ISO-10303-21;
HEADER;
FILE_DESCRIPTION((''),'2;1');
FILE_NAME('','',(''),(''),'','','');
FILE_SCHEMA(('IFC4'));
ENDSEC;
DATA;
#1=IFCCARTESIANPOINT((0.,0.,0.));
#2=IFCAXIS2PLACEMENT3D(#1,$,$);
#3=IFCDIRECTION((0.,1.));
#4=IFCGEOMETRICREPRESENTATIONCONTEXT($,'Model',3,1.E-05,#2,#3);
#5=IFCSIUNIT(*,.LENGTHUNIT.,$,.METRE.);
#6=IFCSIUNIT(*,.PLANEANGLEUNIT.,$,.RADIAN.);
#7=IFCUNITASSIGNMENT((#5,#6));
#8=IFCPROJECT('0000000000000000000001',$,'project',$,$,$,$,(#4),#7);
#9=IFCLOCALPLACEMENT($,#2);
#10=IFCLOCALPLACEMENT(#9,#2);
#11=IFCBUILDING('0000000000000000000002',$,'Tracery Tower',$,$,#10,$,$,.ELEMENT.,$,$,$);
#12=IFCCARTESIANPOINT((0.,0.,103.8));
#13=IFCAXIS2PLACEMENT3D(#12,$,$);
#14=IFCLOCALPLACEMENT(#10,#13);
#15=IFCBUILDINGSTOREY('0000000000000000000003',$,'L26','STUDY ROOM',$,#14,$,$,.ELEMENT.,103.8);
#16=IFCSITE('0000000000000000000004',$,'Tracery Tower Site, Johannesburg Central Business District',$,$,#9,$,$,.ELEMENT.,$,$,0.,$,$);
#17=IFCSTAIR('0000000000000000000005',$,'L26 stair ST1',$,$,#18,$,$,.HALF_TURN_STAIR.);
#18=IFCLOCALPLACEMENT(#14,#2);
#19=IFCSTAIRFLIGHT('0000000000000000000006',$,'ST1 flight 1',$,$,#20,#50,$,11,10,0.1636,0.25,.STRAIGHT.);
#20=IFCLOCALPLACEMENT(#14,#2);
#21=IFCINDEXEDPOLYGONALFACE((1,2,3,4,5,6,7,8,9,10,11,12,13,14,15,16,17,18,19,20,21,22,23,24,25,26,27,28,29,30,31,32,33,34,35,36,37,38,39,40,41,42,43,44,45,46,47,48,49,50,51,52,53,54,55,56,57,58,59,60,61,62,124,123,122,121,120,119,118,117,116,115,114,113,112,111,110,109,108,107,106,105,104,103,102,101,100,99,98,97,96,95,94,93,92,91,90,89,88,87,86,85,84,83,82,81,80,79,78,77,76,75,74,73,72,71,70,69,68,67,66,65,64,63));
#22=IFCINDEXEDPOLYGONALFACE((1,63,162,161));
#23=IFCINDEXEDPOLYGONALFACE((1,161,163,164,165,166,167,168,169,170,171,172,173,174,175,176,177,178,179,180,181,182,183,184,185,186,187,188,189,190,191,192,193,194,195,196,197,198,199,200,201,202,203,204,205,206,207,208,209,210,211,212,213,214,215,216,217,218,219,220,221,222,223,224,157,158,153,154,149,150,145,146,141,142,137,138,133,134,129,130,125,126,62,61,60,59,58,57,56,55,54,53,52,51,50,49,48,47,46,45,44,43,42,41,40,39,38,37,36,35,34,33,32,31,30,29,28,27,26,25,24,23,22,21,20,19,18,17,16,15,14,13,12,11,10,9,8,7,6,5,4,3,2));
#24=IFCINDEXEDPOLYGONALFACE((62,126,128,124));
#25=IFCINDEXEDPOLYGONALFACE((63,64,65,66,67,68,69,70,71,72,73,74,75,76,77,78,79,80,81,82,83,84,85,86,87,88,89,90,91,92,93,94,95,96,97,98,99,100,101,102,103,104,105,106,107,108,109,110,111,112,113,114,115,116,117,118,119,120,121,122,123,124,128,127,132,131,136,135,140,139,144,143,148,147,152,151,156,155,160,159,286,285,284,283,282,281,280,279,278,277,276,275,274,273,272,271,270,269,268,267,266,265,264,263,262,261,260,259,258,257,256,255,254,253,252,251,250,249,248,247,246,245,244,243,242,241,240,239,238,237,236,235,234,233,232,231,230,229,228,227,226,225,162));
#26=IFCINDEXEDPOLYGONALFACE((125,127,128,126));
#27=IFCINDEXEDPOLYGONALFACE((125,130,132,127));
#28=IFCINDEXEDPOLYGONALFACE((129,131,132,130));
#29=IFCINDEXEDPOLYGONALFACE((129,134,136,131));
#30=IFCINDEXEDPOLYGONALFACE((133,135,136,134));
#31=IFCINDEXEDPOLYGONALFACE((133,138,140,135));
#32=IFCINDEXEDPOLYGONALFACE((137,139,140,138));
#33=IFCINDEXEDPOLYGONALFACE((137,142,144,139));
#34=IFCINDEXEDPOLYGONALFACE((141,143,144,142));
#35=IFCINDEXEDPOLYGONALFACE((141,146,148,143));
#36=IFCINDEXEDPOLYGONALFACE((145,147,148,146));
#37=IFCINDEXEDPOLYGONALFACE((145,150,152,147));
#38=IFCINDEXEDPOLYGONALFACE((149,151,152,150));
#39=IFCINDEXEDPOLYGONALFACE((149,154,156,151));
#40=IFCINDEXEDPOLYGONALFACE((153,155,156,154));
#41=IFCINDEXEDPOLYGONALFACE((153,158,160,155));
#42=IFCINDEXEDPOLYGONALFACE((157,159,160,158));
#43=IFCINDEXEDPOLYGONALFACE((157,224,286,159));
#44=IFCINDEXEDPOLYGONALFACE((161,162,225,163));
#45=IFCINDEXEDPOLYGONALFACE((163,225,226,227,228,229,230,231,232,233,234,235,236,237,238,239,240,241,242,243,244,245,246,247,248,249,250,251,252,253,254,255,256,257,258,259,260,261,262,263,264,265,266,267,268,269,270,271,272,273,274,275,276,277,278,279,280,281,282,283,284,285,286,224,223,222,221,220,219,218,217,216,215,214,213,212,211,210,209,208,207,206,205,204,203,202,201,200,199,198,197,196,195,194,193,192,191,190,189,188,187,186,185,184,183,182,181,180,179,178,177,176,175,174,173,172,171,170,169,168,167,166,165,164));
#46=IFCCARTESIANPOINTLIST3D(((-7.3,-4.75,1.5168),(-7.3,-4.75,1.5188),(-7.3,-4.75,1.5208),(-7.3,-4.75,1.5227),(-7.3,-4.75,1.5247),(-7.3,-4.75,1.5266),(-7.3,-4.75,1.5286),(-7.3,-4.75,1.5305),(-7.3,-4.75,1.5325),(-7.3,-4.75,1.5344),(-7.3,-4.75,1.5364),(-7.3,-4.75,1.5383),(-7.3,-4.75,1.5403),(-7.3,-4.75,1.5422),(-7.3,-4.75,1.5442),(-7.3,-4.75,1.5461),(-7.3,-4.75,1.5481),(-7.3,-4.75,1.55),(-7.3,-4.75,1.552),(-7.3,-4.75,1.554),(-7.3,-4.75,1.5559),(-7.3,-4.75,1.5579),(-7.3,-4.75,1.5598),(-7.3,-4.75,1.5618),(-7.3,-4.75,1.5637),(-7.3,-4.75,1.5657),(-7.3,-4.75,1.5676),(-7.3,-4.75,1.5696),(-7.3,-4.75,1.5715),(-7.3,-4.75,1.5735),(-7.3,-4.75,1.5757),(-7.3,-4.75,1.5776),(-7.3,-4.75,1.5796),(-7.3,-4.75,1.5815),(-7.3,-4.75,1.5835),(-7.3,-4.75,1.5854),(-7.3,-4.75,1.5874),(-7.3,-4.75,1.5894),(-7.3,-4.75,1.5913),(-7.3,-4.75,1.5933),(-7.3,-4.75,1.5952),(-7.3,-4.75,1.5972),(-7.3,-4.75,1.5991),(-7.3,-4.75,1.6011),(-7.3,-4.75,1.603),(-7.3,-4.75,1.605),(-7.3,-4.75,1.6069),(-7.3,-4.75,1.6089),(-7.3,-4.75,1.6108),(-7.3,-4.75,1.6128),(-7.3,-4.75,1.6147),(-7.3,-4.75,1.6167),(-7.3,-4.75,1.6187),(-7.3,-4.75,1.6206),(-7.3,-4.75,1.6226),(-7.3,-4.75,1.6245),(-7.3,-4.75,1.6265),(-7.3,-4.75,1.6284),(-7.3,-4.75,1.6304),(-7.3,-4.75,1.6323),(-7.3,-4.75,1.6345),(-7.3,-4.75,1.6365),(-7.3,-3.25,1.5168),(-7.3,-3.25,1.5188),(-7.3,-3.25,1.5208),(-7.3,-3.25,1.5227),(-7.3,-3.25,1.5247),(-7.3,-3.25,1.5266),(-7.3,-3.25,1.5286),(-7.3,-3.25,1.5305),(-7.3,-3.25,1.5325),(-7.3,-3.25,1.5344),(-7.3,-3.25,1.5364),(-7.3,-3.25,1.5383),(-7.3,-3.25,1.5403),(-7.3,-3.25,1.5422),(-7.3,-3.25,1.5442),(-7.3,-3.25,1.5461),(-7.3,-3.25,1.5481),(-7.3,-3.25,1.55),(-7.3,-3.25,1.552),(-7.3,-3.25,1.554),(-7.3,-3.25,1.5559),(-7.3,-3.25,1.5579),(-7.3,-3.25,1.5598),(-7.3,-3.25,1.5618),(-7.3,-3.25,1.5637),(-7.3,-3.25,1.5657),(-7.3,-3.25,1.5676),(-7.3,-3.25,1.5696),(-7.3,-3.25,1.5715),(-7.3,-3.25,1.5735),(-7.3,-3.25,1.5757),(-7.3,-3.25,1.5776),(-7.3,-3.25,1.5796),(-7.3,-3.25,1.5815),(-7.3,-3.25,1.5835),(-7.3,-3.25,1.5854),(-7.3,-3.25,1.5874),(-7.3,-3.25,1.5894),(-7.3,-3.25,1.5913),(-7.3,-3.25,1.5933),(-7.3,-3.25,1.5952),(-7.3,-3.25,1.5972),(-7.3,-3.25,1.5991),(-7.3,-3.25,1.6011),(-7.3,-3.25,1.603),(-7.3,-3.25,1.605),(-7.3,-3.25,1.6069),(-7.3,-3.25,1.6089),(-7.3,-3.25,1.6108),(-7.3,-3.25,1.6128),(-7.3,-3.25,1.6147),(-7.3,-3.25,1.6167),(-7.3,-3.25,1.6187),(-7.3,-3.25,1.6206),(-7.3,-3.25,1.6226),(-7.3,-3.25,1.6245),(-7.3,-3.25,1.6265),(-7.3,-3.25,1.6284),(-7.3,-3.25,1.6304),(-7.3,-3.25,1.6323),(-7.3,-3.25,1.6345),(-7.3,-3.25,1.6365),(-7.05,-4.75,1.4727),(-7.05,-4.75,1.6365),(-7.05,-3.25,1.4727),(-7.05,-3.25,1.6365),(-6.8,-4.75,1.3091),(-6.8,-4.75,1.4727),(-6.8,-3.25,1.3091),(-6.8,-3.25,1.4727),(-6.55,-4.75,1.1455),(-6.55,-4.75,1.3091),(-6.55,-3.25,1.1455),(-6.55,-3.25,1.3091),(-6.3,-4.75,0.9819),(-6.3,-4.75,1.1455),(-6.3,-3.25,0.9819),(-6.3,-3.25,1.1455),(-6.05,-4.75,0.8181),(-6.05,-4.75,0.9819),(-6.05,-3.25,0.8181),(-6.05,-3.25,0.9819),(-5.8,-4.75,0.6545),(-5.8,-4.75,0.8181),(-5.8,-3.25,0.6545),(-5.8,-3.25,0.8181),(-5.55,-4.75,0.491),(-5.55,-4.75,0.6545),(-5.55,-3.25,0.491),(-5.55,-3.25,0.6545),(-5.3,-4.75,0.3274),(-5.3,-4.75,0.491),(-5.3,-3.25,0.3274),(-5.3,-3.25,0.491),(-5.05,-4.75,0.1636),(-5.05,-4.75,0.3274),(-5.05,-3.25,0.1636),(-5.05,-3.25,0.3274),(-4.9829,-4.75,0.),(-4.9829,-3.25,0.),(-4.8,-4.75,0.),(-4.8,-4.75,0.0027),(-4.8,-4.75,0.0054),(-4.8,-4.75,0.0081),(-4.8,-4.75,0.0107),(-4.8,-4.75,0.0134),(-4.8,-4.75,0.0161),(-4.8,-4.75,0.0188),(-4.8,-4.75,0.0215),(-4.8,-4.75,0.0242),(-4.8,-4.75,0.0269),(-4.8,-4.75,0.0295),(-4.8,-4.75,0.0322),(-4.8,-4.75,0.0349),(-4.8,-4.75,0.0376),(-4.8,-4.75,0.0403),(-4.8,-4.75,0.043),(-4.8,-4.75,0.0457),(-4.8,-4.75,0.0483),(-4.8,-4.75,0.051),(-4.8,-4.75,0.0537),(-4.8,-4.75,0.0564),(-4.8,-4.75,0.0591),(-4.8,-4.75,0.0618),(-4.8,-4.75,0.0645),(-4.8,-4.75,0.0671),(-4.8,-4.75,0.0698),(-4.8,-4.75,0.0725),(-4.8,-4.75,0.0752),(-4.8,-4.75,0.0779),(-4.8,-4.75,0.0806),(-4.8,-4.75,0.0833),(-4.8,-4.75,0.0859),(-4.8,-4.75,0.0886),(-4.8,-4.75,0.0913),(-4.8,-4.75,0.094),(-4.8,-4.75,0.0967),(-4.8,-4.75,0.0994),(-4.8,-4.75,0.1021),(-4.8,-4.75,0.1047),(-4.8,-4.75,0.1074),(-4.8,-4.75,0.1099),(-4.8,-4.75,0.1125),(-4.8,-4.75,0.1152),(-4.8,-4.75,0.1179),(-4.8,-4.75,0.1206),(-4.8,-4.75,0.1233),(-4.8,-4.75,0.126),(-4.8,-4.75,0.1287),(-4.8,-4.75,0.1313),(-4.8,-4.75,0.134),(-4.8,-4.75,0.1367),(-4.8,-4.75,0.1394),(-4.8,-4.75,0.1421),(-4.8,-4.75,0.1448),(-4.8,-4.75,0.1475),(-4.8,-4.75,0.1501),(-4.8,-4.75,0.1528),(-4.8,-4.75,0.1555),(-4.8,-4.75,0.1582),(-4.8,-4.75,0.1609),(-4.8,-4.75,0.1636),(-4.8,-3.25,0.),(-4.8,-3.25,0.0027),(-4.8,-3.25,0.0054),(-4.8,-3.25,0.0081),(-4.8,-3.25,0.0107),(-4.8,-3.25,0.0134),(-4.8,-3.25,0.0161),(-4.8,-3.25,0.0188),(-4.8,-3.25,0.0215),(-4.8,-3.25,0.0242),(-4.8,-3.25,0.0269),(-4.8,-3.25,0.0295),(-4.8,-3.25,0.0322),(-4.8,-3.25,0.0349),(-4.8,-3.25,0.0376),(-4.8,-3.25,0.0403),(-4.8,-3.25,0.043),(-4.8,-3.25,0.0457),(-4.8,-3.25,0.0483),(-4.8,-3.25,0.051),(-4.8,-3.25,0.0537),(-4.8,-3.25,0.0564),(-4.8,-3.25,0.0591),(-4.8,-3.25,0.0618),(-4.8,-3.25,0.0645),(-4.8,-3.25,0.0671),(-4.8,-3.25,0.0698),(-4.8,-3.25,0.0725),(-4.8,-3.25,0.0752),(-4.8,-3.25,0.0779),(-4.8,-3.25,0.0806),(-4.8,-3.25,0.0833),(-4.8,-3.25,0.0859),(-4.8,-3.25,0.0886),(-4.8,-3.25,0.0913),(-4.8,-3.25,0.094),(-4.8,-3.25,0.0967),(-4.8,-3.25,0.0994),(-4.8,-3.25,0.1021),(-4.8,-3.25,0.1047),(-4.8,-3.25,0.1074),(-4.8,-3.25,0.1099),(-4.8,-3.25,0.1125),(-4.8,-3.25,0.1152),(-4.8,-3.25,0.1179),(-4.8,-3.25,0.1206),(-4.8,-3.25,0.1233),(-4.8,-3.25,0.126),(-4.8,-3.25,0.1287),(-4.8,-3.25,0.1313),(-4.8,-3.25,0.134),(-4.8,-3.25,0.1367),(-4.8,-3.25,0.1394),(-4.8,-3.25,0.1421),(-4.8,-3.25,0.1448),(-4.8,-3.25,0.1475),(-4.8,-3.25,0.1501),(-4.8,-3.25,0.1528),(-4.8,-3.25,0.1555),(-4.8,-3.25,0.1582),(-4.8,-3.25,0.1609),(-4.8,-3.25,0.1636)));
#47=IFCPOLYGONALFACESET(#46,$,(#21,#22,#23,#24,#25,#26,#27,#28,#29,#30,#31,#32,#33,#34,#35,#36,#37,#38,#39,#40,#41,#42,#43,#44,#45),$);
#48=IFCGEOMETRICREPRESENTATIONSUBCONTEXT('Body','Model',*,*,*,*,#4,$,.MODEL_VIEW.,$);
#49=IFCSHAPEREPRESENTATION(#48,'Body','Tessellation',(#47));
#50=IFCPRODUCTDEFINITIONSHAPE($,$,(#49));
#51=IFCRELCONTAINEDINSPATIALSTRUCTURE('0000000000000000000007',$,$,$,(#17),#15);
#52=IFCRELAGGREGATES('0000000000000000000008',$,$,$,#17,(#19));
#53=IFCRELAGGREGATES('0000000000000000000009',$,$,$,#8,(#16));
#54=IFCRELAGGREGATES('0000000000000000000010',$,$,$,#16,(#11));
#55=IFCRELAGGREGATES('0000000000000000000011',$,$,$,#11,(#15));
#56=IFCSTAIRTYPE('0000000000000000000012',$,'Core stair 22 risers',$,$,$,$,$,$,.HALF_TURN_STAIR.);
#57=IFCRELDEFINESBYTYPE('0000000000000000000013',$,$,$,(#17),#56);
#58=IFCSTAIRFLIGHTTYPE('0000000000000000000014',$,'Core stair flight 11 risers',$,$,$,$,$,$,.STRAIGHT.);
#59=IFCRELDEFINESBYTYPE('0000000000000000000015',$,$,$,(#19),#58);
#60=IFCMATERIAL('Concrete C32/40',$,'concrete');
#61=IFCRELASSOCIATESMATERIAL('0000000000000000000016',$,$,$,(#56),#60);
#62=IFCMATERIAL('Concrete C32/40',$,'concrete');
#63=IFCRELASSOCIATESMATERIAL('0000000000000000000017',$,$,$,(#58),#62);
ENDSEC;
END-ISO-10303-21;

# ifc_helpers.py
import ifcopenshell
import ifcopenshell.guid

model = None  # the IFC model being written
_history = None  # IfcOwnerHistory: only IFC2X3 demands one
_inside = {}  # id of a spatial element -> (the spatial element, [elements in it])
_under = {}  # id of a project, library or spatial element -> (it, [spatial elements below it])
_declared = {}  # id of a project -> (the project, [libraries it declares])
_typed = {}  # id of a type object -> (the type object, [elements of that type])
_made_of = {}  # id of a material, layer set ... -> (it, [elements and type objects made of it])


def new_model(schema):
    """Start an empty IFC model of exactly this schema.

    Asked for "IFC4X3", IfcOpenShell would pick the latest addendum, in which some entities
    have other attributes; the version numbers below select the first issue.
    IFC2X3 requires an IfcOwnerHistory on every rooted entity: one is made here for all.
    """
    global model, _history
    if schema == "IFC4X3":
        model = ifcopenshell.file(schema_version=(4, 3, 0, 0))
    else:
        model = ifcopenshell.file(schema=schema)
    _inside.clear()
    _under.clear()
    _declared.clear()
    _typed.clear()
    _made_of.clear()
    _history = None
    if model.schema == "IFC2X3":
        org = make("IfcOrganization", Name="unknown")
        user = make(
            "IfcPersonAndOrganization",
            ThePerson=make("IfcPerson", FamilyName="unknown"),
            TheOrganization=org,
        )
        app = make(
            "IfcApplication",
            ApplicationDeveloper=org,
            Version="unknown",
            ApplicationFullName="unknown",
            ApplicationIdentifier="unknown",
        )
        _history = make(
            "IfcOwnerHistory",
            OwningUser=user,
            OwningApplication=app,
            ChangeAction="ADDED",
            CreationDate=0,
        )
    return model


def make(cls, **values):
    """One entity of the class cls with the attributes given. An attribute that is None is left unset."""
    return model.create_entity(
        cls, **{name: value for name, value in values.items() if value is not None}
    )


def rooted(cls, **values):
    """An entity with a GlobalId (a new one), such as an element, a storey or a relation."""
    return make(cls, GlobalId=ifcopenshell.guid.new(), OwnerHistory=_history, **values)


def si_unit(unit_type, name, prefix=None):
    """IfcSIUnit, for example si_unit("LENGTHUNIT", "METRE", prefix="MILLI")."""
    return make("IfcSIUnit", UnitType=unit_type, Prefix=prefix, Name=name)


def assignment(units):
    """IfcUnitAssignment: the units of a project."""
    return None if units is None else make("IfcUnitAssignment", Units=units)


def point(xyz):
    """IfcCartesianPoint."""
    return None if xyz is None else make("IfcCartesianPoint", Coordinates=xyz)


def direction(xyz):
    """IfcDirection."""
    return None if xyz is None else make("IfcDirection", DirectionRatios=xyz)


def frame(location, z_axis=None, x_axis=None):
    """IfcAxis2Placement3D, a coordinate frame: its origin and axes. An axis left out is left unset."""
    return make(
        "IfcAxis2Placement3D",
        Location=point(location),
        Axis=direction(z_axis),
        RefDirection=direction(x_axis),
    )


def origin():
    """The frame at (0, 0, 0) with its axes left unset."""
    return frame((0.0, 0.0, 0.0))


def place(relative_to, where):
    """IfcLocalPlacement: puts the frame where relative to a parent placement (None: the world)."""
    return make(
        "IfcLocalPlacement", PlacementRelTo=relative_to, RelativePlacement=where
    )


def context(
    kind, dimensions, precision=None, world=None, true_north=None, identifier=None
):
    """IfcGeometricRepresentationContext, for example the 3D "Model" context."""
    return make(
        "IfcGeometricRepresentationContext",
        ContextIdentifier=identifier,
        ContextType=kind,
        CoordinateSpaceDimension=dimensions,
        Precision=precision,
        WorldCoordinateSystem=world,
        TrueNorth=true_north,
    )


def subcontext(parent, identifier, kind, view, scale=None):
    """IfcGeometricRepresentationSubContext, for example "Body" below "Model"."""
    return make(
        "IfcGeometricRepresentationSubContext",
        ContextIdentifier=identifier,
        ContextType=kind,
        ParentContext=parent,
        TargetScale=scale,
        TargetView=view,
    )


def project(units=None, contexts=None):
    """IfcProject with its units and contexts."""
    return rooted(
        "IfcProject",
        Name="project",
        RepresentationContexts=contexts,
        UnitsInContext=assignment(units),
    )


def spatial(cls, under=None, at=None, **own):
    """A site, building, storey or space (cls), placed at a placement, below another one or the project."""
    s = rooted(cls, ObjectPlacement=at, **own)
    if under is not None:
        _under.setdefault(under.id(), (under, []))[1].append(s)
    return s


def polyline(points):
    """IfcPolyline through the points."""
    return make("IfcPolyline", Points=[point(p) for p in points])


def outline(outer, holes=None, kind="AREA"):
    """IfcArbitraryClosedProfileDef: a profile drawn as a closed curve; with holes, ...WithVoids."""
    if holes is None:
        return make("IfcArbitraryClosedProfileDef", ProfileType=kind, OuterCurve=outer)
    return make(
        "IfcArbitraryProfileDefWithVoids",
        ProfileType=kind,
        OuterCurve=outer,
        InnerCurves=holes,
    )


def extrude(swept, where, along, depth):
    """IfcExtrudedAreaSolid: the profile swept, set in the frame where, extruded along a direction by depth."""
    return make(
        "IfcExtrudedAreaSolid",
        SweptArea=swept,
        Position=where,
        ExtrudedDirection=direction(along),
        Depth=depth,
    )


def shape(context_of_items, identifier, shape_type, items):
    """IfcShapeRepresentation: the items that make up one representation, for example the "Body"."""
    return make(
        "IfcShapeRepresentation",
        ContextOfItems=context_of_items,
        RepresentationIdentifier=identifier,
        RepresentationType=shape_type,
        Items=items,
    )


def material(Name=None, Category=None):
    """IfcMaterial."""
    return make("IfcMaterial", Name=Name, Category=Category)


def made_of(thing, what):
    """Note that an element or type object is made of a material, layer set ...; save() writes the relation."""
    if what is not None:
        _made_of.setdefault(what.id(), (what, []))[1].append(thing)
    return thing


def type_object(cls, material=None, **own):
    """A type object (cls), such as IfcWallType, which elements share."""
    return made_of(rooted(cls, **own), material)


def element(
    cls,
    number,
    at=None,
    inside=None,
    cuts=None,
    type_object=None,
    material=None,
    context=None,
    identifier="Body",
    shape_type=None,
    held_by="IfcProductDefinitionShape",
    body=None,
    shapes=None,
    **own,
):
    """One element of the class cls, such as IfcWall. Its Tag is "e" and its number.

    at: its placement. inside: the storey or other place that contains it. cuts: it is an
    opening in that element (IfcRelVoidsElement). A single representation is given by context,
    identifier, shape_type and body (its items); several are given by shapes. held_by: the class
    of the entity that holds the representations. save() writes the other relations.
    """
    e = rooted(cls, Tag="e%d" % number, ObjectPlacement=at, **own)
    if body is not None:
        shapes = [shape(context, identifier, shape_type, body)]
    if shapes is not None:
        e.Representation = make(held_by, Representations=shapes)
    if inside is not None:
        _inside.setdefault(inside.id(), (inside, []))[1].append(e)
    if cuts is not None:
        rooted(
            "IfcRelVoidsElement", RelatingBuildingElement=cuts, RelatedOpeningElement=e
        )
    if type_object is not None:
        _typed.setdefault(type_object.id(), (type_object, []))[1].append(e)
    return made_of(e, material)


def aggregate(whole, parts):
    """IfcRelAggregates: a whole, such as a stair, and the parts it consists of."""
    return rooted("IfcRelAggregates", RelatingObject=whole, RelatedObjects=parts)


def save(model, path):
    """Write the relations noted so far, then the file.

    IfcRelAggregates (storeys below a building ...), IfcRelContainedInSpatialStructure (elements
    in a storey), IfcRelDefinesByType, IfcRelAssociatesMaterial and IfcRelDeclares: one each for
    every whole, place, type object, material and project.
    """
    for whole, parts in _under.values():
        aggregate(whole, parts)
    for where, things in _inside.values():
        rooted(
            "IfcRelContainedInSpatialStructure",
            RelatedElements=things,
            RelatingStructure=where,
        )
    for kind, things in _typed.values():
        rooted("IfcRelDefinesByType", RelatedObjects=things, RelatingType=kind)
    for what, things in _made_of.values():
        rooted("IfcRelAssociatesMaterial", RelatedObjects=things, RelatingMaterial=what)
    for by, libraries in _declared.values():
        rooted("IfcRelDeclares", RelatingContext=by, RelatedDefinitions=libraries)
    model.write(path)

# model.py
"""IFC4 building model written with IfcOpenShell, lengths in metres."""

from ifc_helpers import new_model, si_unit, direction, frame, origin, place, context, subcontext, project, spatial, polyline, outline, extrude, material, type_object, element, aggregate, save


model = new_model("IFC4")

# Units and contexts
model_context = context("Model", 3, precision=1e-05, world=origin(), true_north=direction((0.0, 1.0)))
body_context = subcontext(model_context, "Body", "Model", "MODEL_VIEW")
ifc_project = project(units=[si_unit("LENGTHUNIT", "METRE"), si_unit("PLANEANGLEUNIT", "RADIAN")], contexts=[model_context])

# Site, building, storey
site_placement = place(None, origin())
site = spatial("IfcSite", under=ifc_project, at=site_placement, Name="Tracery Tower Site, Johannesburg Central Business District", CompositionType="ELEMENT", RefElevation=0.0)
building_placement = place(site_placement, origin())
building = spatial("IfcBuilding", under=site, at=building_placement, Name="Tracery Tower", CompositionType="ELEMENT")
storey_placement = place(building_placement, frame((0.0, 0.0, 103.8)))
storey = spatial("IfcBuildingStorey", under=building, at=storey_placement, Name="L26", Description="STUDY ROOM", CompositionType="ELEMENT", Elevation=103.8)

# Stair, stair flight
ifc_material_1 = material(Name="Concrete C32/40", Category="concrete")
stair_type = type_object("IfcStairType", Name="Core stair 22 risers", PredefinedType="HALF_TURN_STAIR", material=ifc_material_1)
stair_placement = place(storey_placement, origin())
stair = element("IfcStair", 1, at=stair_placement, inside=storey, type_object=stair_type, Name="L26 stair ST1", PredefinedType="HALF_TURN_STAIR")
ifc_material_2 = material(Name="Concrete C32/40", Category="concrete")
stair_flight_type = type_object("IfcStairFlightType", Name="Core stair flight 11 risers", PredefinedType="STRAIGHT", material=ifc_material_2)
stair_flight_1_placement = place(storey_placement, frame((-4.8, -4.0, 0.0), z_axis=(0.0, 0.0, 1.0), x_axis=(-1.0, 0.0, 0.0)))
stair_flight_1 = element("IfcStairFlight", 2, at=stair_flight_1_placement, type_object=stair_flight_type, Name="ST1 flight 1", NumberOfRisers=11, NumberOfTreads=10, PredefinedType="STRAIGHT", RiserHeight=0.1636, TreadLength=0.25, context=body_context, shape_type="SweptSolid", body=[
    extrude(outline(polyline([(0.0, 0.0), (0.0, 0.0027), (0.0, 0.0054), (0.0, 0.0081), (0.0, 0.0107), (0.0, 0.0134), (0.0, 0.0161), (0.0, 0.0188), (0.0, 0.0215), (0.0, 0.0242), (0.0, 0.0269), (0.0, 0.0295), (0.0, 0.0322), (0.0, 0.0349), (0.0, 0.0376), (0.0, 0.0403), (0.0, 0.043), (0.0, 0.0457), (0.0, 0.0483), (0.0, 0.051), (0.0, 0.0537), (0.0, 0.0564), (0.0, 0.0591), (0.0, 0.0618), (0.0, 0.0645), (0.0, 0.0671), (0.0, 0.0698), (0.0, 0.0725), (0.0, 0.0752), (0.0, 0.0779), (0.0, 0.0806), (0.0, 0.0833), (0.0, 0.0859), (0.0, 0.0886), (0.0, 0.0913), (0.0, 0.094), (0.0, 0.0967), (0.0, 0.0994), (0.0, 0.1021), (0.0, 0.1047), (0.0, 0.1074), (0.0, 0.1099), (0.0, 0.1125), (0.0, 0.1152), (0.0, 0.1179), (0.0, 0.1206), (0.0, 0.1233), (0.0, 0.126), (0.0, 0.1287), (0.0, 0.1313), (0.0, 0.134), (0.0, 0.1367), (0.0, 0.1394), (0.0, 0.1421), (0.0, 0.1448), (0.0, 0.1475), (0.0, 0.1501), (0.0, 0.1528), (0.0, 0.1555), (0.0, 0.1582), (0.0, 0.1609), (0.0, 0.1636), (0.25, 0.1636), (0.25, 0.3274), (0.5, 0.3274), (0.5, 0.491), (0.75, 0.491), (0.75, 0.6545), (1.0, 0.6545), (1.0, 0.8181), (1.25, 0.8181), (1.25, 0.9819), (1.5, 0.9819), (1.5, 1.1455), (1.75, 1.1455), (1.75, 1.3091), (2.0, 1.3091), (2.0, 1.4727), (2.25, 1.4727), (2.25, 1.6365), (2.5, 1.6365), (2.5, 1.6345), (2.5, 1.6323), (2.5, 1.6304), (2.5, 1.6284), (2.5, 1.6265), (2.5, 1.6245), (2.5, 1.6226), (2.5, 1.6206), (2.5, 1.6187), (2.5, 1.6167), (2.5, 1.6147), (2.5, 1.6128), (2.5, 1.6108), (2.5, 1.6089), (2.5, 1.6069), (2.5, 1.605), (2.5, 1.603), (2.5, 1.6011), (2.5, 1.5991), (2.5, 1.5972), (2.5, 1.5952), (2.5, 1.5933), (2.5, 1.5913), (2.5, 1.5894), (2.5, 1.5874), (2.5, 1.5854), (2.5, 1.5835), (2.5, 1.5815), (2.5, 1.5796), (2.5, 1.5776), (2.5, 1.5757), (2.5, 1.5735), (2.5, 1.5715), (2.5, 1.5696), (2.5, 1.5676), (2.5, 1.5657), (2.5, 1.5637), (2.5, 1.5618), (2.5, 1.5598), (2.5, 1.5579), (2.5, 1.5559), (2.5, 1.554), (2.5, 1.552), (2.5, 1.55), (2.5, 1.5481), (2.5, 1.5461), (2.5, 1.5442), (2.5, 1.5422), (2.5, 1.5403), (2.5, 1.5383), (2.5, 1.5364), (2.5, 1.5344), (2.5, 1.5325), (2.5, 1.5305), (2.5, 1.5286), (2.5, 1.5266), (2.5, 1.5247), (2.5, 1.5227), (2.5, 1.5208), (2.5, 1.5188), (2.5, 1.5168), (0.1829, 0.0), (0.0, 0.0)])), frame((0.0, 0.75, 0.0), z_axis=(0.0, -1.0, 0.0), x_axis=(1.0, 0.0, 0.0)), (0.0, 0.0, 1.0), 1.5),
])
aggregate(stair, [stair_flight_1])

save(model, "model.ifc")
